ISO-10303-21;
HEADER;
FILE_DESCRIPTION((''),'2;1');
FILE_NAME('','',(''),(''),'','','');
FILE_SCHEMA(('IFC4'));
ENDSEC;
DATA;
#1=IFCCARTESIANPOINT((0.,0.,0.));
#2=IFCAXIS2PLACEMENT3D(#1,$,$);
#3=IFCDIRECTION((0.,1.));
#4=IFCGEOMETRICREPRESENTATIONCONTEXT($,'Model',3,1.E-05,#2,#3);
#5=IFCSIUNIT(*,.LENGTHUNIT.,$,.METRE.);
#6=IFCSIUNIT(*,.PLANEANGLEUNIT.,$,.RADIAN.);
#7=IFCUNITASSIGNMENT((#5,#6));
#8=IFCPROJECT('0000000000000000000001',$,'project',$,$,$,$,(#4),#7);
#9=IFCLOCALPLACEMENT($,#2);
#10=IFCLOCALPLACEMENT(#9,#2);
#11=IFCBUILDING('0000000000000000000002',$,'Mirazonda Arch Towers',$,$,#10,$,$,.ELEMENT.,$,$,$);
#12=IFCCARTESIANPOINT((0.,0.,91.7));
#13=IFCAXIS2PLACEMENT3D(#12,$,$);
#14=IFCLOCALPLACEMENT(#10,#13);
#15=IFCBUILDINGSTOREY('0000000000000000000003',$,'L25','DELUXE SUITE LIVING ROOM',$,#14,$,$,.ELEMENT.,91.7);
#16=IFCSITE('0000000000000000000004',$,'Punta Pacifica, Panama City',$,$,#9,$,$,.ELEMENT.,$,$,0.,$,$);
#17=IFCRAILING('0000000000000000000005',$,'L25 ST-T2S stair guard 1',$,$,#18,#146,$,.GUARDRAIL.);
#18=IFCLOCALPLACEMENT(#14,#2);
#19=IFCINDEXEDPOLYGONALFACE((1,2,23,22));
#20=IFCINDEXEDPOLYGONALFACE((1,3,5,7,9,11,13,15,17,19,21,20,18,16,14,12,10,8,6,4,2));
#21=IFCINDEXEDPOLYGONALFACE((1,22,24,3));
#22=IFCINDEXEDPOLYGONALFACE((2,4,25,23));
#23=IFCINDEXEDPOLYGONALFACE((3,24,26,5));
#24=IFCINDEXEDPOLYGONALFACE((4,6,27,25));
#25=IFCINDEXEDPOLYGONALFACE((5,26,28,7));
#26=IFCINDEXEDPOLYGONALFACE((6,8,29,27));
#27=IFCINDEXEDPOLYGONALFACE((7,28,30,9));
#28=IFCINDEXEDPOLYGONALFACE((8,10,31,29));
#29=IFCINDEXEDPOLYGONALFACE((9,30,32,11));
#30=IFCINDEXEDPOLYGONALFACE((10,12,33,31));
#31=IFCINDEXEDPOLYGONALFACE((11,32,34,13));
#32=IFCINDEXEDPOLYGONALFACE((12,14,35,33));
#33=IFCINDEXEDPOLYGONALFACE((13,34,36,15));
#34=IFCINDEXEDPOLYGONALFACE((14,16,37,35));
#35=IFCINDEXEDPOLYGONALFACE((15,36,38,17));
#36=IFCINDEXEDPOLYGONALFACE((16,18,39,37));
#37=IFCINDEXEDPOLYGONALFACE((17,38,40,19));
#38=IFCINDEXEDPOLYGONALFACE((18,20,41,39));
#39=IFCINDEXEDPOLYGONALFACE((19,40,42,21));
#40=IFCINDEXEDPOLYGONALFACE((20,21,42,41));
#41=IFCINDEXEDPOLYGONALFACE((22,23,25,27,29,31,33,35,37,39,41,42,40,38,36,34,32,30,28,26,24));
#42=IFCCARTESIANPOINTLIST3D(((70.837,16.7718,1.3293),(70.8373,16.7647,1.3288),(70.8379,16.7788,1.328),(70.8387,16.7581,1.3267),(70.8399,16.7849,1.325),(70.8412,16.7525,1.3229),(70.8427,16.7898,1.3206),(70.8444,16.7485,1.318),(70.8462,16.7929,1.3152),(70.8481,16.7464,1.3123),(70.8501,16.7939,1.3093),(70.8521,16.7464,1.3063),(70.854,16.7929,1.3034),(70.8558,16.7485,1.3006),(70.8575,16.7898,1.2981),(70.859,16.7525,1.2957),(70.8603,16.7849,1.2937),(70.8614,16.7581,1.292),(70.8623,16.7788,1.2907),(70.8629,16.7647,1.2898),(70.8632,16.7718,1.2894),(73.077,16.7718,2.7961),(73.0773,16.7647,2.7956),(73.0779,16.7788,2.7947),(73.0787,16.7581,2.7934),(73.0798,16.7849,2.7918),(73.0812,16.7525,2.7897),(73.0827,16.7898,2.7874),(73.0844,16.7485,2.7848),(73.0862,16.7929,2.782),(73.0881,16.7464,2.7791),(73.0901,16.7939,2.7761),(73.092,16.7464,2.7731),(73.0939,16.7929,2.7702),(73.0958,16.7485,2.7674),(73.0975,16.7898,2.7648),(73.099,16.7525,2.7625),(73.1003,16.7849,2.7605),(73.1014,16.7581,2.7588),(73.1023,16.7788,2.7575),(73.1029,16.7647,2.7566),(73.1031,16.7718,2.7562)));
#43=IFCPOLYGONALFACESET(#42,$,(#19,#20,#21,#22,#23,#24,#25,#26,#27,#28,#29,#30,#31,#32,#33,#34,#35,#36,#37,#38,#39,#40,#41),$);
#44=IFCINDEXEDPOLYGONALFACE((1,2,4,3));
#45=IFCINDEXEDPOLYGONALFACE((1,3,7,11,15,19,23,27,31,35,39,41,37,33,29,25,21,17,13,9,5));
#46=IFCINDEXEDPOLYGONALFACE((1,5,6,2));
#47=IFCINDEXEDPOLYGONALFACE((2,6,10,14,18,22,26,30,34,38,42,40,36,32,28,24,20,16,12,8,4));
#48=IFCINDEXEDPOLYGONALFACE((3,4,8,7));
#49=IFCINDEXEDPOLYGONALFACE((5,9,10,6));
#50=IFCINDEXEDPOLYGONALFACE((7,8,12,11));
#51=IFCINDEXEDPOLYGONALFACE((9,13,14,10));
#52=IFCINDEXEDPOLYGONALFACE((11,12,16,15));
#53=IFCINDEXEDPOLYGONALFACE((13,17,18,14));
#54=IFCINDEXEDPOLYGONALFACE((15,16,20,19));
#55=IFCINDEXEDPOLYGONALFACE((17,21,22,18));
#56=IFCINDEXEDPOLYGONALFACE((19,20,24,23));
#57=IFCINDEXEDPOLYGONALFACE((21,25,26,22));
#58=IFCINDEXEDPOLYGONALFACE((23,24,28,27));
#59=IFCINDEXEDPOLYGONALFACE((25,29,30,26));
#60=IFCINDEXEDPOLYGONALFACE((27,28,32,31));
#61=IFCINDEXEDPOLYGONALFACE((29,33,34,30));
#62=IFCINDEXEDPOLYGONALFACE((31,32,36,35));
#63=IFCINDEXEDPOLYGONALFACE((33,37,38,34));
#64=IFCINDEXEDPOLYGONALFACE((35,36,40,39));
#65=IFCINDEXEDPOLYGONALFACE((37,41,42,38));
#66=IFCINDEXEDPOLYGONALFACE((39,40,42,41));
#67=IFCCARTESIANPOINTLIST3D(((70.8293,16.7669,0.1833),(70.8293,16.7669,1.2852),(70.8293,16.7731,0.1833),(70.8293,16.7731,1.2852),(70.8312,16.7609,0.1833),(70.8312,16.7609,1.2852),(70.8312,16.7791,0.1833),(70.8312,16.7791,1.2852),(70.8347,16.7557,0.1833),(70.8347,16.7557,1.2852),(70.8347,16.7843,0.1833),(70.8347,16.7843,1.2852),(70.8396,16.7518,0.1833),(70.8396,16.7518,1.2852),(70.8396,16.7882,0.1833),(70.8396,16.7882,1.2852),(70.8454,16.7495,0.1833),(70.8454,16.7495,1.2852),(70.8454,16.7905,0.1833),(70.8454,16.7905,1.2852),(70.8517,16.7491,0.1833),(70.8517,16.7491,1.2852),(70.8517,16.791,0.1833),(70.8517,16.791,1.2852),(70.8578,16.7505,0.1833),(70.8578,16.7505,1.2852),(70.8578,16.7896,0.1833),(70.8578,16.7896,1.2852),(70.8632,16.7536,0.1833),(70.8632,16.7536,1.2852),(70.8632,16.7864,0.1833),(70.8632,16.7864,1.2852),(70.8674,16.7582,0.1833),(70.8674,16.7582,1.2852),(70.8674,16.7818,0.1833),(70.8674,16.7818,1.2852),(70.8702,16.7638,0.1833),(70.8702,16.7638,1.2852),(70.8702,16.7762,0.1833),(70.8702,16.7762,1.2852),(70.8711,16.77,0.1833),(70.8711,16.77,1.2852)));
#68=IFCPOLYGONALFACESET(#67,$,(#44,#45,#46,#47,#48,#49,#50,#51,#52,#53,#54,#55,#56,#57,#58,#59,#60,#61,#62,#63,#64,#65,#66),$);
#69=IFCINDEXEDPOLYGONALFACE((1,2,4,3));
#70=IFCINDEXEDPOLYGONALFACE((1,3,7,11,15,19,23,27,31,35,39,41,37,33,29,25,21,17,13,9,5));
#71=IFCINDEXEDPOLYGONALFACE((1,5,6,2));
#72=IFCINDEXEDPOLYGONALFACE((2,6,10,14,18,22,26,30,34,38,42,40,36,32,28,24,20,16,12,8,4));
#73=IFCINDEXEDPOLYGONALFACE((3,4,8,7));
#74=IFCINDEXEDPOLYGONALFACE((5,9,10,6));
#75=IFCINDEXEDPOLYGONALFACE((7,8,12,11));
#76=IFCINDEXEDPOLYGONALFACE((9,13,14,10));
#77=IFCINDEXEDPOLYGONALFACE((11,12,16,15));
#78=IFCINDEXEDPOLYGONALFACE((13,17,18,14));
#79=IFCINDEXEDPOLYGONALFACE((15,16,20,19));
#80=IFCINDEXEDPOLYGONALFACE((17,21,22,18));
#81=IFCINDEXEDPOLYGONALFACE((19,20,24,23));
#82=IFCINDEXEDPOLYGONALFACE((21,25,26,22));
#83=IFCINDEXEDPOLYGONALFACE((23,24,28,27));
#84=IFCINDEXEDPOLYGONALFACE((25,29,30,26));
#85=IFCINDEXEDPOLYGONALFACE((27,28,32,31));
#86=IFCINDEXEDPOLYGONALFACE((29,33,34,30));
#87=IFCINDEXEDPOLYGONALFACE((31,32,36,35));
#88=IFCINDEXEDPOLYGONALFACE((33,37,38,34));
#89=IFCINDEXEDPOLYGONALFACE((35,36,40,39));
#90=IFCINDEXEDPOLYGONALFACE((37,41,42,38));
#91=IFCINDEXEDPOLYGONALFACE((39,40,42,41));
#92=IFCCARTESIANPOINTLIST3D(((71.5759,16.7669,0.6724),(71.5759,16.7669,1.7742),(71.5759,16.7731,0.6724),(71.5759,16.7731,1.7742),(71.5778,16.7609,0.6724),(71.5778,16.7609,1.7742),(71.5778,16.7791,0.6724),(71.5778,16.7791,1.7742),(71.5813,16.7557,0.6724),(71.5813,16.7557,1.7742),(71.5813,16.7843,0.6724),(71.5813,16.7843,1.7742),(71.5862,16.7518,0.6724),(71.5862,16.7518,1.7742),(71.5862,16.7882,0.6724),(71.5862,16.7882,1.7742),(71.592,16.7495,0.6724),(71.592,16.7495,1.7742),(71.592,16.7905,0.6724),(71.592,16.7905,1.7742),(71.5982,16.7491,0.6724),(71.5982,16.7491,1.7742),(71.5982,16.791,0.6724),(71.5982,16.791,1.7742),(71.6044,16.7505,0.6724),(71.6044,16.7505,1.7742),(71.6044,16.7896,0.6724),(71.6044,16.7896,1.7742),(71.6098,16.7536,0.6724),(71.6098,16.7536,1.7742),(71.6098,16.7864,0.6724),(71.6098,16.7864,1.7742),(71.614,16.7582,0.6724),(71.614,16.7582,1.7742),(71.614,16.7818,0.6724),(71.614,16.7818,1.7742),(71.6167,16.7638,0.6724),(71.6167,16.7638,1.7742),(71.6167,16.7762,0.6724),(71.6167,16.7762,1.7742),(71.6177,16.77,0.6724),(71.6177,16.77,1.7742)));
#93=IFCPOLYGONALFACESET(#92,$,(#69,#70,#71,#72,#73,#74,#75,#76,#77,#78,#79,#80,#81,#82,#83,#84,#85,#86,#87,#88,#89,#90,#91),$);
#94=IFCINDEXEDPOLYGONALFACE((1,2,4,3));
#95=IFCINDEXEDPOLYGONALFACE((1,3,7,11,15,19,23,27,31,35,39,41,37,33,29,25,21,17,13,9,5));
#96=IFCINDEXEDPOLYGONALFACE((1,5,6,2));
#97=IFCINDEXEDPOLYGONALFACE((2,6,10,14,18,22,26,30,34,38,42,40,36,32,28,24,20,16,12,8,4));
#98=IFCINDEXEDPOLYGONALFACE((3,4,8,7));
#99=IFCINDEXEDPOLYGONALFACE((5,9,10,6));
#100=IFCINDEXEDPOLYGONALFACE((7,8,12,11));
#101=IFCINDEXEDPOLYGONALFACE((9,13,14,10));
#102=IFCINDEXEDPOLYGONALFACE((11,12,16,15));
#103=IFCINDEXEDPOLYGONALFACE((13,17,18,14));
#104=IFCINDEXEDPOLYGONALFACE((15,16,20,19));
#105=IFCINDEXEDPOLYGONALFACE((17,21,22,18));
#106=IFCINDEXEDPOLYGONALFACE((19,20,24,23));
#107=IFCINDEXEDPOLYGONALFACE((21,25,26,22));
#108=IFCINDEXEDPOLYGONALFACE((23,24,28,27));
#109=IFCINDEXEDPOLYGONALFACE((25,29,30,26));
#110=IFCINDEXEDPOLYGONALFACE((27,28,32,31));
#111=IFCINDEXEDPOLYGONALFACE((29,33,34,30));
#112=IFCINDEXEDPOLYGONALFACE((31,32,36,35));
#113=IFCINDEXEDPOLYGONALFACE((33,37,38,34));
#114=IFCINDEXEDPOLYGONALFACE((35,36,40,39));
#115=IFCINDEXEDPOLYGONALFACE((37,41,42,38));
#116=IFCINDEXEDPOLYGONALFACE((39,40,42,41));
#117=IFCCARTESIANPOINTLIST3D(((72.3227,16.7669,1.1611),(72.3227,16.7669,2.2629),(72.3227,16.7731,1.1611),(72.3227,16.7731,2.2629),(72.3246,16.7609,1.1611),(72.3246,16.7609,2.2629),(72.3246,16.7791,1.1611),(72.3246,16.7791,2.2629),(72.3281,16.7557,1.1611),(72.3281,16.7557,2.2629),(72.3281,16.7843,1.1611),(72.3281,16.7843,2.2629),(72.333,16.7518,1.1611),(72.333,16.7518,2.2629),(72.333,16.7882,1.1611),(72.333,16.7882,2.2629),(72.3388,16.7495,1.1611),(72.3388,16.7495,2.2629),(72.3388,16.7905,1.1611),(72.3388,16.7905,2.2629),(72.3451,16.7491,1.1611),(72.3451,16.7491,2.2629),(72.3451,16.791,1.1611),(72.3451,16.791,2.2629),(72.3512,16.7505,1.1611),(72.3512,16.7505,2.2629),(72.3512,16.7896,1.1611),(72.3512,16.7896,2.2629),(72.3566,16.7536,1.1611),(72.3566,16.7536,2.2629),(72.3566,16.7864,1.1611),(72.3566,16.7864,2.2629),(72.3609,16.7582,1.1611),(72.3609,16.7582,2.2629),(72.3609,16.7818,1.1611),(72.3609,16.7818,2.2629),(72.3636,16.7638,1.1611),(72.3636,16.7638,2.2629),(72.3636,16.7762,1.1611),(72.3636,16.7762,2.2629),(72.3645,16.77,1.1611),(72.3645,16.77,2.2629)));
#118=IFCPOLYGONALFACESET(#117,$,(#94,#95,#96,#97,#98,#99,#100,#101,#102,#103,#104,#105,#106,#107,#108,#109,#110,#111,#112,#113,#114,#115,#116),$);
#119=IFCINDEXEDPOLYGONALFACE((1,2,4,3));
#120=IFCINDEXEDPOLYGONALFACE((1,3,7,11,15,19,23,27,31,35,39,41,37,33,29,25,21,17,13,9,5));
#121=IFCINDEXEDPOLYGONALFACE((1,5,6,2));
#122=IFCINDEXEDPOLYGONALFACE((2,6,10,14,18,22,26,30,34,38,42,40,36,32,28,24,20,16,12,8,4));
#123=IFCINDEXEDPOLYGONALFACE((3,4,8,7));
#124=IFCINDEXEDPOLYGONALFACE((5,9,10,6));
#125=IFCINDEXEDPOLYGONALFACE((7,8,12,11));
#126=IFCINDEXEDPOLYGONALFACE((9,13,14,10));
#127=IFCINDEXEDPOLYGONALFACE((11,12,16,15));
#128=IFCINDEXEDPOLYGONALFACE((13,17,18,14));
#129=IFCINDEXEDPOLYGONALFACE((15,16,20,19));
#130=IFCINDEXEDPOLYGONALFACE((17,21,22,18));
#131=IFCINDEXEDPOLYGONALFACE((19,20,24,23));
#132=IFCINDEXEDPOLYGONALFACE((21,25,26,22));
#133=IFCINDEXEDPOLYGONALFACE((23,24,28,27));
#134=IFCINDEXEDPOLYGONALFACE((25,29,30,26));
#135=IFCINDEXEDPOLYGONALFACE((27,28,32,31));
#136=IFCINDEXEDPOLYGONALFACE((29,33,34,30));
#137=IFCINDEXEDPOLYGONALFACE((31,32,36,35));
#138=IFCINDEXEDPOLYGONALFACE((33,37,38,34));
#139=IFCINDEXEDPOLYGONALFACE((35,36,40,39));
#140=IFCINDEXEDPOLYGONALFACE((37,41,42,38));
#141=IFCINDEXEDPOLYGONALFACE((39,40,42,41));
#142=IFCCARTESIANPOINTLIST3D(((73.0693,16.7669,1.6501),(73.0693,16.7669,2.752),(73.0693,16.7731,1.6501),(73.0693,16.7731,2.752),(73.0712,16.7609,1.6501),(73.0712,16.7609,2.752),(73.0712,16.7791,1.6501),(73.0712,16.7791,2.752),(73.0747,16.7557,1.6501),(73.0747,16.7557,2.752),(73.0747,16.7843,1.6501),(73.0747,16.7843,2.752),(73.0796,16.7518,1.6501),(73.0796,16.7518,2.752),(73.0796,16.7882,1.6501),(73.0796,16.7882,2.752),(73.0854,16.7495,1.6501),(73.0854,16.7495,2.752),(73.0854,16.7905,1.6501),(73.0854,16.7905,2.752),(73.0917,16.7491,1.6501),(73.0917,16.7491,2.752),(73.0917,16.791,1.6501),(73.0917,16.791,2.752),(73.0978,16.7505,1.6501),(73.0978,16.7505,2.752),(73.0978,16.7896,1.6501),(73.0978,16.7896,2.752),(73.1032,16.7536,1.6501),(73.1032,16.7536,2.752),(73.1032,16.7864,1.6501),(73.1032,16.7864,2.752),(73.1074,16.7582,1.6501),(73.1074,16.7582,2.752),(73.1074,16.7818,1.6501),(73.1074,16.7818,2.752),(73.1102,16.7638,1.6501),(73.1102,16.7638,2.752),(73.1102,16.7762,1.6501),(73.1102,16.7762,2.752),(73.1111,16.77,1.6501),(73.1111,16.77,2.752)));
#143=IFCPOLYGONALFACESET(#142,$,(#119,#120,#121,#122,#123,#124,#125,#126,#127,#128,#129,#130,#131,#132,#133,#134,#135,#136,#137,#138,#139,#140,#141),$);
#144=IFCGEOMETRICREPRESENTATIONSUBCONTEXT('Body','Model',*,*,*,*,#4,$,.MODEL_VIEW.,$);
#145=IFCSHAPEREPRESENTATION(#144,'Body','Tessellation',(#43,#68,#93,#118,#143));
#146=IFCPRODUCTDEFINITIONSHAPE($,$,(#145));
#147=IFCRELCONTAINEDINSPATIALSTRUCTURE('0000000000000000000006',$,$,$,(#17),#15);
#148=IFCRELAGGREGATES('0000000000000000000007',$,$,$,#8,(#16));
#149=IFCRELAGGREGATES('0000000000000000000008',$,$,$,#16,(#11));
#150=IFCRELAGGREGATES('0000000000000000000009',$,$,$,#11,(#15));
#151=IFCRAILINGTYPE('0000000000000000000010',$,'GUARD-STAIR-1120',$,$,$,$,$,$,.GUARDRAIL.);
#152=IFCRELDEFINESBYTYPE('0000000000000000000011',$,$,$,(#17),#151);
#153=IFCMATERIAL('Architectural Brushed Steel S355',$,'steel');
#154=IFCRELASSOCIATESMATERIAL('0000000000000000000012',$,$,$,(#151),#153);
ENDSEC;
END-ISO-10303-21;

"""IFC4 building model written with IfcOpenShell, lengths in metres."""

from ifc_helpers import new_model, si_unit, direction, frame, origin, origin_2d, place, context, subcontext, project, spatial, circle, extrude, material, type_object, element, save


model = new_model("IFC4")

# Units and contexts
model_context = context("Model", 3, precision=1e-05, world=origin(), true_north=direction((0.0, 1.0)))
body_context = subcontext(model_context, "Body", "Model", "MODEL_VIEW")
ifc_project = project(units=[si_unit("LENGTHUNIT", "METRE"), si_unit("PLANEANGLEUNIT", "RADIAN")], contexts=[model_context])

# Site, building, storey
site_placement = place(None, origin())
site = spatial("IfcSite", under=ifc_project, at=site_placement, Name="Punta Pacifica, Panama City", CompositionType="ELEMENT", RefElevation=0.0)
building_placement = place(site_placement, origin())
building = spatial("IfcBuilding", under=site, at=building_placement, Name="Mirazonda Arch Towers", CompositionType="ELEMENT")
storey_placement = place(building_placement, frame((0.0, 0.0, 91.7)))
storey = spatial("IfcBuildingStorey", under=building, at=storey_placement, Name="L25", Description="DELUXE SUITE LIVING ROOM", CompositionType="ELEMENT", Elevation=91.7)

# Shared definitions
ifc_material_1 = material(Name="Architectural Brushed Steel S355", Category="steel")

# Railing
railing_type_1 = type_object("IfcRailingType", Name="GUARD-STAIR-1120", PredefinedType="GUARDRAIL", material=ifc_material_1)
railing_1_placement = place(storey_placement, frame((70.8501, 16.77, 0.1833)))
element("IfcRailing", 1, at=railing_1_placement, inside=storey, type_object=railing_type_1, Name="L25 ST-T2S stair guard 1", PredefinedType="GUARDRAIL", context=body_context, shape_type="SweptSolid", body=[
    extrude(circle(Radius=0.0239, at=origin_2d()), frame((0.0, 0.0, 1.126), z_axis=(0.836595, 0.0, 0.547822), x_axis=(0.0, 1.0, 0.0)), (0.0, 0.0, 1.0), 2.6775),
    extrude(circle(Radius=0.021, at=origin_2d()), origin(), (0.0, 0.0, 1.0), 1.1018),
    extrude(circle(Radius=0.021, at=origin_2d()), frame((0.7466, 0.0, 0.489)), (0.0, 0.0, 1.0), 1.1018),
    extrude(circle(Radius=0.021, at=origin_2d()), frame((1.4934, 0.0, 0.9778)), (0.0, 0.0, 1.0), 1.1018),
    extrude(circle(Radius=0.021, at=origin_2d()), frame((2.24, 0.0, 1.4668)), (0.0, 0.0, 1.0), 1.1018),
])

save(model, "model.ifc")
